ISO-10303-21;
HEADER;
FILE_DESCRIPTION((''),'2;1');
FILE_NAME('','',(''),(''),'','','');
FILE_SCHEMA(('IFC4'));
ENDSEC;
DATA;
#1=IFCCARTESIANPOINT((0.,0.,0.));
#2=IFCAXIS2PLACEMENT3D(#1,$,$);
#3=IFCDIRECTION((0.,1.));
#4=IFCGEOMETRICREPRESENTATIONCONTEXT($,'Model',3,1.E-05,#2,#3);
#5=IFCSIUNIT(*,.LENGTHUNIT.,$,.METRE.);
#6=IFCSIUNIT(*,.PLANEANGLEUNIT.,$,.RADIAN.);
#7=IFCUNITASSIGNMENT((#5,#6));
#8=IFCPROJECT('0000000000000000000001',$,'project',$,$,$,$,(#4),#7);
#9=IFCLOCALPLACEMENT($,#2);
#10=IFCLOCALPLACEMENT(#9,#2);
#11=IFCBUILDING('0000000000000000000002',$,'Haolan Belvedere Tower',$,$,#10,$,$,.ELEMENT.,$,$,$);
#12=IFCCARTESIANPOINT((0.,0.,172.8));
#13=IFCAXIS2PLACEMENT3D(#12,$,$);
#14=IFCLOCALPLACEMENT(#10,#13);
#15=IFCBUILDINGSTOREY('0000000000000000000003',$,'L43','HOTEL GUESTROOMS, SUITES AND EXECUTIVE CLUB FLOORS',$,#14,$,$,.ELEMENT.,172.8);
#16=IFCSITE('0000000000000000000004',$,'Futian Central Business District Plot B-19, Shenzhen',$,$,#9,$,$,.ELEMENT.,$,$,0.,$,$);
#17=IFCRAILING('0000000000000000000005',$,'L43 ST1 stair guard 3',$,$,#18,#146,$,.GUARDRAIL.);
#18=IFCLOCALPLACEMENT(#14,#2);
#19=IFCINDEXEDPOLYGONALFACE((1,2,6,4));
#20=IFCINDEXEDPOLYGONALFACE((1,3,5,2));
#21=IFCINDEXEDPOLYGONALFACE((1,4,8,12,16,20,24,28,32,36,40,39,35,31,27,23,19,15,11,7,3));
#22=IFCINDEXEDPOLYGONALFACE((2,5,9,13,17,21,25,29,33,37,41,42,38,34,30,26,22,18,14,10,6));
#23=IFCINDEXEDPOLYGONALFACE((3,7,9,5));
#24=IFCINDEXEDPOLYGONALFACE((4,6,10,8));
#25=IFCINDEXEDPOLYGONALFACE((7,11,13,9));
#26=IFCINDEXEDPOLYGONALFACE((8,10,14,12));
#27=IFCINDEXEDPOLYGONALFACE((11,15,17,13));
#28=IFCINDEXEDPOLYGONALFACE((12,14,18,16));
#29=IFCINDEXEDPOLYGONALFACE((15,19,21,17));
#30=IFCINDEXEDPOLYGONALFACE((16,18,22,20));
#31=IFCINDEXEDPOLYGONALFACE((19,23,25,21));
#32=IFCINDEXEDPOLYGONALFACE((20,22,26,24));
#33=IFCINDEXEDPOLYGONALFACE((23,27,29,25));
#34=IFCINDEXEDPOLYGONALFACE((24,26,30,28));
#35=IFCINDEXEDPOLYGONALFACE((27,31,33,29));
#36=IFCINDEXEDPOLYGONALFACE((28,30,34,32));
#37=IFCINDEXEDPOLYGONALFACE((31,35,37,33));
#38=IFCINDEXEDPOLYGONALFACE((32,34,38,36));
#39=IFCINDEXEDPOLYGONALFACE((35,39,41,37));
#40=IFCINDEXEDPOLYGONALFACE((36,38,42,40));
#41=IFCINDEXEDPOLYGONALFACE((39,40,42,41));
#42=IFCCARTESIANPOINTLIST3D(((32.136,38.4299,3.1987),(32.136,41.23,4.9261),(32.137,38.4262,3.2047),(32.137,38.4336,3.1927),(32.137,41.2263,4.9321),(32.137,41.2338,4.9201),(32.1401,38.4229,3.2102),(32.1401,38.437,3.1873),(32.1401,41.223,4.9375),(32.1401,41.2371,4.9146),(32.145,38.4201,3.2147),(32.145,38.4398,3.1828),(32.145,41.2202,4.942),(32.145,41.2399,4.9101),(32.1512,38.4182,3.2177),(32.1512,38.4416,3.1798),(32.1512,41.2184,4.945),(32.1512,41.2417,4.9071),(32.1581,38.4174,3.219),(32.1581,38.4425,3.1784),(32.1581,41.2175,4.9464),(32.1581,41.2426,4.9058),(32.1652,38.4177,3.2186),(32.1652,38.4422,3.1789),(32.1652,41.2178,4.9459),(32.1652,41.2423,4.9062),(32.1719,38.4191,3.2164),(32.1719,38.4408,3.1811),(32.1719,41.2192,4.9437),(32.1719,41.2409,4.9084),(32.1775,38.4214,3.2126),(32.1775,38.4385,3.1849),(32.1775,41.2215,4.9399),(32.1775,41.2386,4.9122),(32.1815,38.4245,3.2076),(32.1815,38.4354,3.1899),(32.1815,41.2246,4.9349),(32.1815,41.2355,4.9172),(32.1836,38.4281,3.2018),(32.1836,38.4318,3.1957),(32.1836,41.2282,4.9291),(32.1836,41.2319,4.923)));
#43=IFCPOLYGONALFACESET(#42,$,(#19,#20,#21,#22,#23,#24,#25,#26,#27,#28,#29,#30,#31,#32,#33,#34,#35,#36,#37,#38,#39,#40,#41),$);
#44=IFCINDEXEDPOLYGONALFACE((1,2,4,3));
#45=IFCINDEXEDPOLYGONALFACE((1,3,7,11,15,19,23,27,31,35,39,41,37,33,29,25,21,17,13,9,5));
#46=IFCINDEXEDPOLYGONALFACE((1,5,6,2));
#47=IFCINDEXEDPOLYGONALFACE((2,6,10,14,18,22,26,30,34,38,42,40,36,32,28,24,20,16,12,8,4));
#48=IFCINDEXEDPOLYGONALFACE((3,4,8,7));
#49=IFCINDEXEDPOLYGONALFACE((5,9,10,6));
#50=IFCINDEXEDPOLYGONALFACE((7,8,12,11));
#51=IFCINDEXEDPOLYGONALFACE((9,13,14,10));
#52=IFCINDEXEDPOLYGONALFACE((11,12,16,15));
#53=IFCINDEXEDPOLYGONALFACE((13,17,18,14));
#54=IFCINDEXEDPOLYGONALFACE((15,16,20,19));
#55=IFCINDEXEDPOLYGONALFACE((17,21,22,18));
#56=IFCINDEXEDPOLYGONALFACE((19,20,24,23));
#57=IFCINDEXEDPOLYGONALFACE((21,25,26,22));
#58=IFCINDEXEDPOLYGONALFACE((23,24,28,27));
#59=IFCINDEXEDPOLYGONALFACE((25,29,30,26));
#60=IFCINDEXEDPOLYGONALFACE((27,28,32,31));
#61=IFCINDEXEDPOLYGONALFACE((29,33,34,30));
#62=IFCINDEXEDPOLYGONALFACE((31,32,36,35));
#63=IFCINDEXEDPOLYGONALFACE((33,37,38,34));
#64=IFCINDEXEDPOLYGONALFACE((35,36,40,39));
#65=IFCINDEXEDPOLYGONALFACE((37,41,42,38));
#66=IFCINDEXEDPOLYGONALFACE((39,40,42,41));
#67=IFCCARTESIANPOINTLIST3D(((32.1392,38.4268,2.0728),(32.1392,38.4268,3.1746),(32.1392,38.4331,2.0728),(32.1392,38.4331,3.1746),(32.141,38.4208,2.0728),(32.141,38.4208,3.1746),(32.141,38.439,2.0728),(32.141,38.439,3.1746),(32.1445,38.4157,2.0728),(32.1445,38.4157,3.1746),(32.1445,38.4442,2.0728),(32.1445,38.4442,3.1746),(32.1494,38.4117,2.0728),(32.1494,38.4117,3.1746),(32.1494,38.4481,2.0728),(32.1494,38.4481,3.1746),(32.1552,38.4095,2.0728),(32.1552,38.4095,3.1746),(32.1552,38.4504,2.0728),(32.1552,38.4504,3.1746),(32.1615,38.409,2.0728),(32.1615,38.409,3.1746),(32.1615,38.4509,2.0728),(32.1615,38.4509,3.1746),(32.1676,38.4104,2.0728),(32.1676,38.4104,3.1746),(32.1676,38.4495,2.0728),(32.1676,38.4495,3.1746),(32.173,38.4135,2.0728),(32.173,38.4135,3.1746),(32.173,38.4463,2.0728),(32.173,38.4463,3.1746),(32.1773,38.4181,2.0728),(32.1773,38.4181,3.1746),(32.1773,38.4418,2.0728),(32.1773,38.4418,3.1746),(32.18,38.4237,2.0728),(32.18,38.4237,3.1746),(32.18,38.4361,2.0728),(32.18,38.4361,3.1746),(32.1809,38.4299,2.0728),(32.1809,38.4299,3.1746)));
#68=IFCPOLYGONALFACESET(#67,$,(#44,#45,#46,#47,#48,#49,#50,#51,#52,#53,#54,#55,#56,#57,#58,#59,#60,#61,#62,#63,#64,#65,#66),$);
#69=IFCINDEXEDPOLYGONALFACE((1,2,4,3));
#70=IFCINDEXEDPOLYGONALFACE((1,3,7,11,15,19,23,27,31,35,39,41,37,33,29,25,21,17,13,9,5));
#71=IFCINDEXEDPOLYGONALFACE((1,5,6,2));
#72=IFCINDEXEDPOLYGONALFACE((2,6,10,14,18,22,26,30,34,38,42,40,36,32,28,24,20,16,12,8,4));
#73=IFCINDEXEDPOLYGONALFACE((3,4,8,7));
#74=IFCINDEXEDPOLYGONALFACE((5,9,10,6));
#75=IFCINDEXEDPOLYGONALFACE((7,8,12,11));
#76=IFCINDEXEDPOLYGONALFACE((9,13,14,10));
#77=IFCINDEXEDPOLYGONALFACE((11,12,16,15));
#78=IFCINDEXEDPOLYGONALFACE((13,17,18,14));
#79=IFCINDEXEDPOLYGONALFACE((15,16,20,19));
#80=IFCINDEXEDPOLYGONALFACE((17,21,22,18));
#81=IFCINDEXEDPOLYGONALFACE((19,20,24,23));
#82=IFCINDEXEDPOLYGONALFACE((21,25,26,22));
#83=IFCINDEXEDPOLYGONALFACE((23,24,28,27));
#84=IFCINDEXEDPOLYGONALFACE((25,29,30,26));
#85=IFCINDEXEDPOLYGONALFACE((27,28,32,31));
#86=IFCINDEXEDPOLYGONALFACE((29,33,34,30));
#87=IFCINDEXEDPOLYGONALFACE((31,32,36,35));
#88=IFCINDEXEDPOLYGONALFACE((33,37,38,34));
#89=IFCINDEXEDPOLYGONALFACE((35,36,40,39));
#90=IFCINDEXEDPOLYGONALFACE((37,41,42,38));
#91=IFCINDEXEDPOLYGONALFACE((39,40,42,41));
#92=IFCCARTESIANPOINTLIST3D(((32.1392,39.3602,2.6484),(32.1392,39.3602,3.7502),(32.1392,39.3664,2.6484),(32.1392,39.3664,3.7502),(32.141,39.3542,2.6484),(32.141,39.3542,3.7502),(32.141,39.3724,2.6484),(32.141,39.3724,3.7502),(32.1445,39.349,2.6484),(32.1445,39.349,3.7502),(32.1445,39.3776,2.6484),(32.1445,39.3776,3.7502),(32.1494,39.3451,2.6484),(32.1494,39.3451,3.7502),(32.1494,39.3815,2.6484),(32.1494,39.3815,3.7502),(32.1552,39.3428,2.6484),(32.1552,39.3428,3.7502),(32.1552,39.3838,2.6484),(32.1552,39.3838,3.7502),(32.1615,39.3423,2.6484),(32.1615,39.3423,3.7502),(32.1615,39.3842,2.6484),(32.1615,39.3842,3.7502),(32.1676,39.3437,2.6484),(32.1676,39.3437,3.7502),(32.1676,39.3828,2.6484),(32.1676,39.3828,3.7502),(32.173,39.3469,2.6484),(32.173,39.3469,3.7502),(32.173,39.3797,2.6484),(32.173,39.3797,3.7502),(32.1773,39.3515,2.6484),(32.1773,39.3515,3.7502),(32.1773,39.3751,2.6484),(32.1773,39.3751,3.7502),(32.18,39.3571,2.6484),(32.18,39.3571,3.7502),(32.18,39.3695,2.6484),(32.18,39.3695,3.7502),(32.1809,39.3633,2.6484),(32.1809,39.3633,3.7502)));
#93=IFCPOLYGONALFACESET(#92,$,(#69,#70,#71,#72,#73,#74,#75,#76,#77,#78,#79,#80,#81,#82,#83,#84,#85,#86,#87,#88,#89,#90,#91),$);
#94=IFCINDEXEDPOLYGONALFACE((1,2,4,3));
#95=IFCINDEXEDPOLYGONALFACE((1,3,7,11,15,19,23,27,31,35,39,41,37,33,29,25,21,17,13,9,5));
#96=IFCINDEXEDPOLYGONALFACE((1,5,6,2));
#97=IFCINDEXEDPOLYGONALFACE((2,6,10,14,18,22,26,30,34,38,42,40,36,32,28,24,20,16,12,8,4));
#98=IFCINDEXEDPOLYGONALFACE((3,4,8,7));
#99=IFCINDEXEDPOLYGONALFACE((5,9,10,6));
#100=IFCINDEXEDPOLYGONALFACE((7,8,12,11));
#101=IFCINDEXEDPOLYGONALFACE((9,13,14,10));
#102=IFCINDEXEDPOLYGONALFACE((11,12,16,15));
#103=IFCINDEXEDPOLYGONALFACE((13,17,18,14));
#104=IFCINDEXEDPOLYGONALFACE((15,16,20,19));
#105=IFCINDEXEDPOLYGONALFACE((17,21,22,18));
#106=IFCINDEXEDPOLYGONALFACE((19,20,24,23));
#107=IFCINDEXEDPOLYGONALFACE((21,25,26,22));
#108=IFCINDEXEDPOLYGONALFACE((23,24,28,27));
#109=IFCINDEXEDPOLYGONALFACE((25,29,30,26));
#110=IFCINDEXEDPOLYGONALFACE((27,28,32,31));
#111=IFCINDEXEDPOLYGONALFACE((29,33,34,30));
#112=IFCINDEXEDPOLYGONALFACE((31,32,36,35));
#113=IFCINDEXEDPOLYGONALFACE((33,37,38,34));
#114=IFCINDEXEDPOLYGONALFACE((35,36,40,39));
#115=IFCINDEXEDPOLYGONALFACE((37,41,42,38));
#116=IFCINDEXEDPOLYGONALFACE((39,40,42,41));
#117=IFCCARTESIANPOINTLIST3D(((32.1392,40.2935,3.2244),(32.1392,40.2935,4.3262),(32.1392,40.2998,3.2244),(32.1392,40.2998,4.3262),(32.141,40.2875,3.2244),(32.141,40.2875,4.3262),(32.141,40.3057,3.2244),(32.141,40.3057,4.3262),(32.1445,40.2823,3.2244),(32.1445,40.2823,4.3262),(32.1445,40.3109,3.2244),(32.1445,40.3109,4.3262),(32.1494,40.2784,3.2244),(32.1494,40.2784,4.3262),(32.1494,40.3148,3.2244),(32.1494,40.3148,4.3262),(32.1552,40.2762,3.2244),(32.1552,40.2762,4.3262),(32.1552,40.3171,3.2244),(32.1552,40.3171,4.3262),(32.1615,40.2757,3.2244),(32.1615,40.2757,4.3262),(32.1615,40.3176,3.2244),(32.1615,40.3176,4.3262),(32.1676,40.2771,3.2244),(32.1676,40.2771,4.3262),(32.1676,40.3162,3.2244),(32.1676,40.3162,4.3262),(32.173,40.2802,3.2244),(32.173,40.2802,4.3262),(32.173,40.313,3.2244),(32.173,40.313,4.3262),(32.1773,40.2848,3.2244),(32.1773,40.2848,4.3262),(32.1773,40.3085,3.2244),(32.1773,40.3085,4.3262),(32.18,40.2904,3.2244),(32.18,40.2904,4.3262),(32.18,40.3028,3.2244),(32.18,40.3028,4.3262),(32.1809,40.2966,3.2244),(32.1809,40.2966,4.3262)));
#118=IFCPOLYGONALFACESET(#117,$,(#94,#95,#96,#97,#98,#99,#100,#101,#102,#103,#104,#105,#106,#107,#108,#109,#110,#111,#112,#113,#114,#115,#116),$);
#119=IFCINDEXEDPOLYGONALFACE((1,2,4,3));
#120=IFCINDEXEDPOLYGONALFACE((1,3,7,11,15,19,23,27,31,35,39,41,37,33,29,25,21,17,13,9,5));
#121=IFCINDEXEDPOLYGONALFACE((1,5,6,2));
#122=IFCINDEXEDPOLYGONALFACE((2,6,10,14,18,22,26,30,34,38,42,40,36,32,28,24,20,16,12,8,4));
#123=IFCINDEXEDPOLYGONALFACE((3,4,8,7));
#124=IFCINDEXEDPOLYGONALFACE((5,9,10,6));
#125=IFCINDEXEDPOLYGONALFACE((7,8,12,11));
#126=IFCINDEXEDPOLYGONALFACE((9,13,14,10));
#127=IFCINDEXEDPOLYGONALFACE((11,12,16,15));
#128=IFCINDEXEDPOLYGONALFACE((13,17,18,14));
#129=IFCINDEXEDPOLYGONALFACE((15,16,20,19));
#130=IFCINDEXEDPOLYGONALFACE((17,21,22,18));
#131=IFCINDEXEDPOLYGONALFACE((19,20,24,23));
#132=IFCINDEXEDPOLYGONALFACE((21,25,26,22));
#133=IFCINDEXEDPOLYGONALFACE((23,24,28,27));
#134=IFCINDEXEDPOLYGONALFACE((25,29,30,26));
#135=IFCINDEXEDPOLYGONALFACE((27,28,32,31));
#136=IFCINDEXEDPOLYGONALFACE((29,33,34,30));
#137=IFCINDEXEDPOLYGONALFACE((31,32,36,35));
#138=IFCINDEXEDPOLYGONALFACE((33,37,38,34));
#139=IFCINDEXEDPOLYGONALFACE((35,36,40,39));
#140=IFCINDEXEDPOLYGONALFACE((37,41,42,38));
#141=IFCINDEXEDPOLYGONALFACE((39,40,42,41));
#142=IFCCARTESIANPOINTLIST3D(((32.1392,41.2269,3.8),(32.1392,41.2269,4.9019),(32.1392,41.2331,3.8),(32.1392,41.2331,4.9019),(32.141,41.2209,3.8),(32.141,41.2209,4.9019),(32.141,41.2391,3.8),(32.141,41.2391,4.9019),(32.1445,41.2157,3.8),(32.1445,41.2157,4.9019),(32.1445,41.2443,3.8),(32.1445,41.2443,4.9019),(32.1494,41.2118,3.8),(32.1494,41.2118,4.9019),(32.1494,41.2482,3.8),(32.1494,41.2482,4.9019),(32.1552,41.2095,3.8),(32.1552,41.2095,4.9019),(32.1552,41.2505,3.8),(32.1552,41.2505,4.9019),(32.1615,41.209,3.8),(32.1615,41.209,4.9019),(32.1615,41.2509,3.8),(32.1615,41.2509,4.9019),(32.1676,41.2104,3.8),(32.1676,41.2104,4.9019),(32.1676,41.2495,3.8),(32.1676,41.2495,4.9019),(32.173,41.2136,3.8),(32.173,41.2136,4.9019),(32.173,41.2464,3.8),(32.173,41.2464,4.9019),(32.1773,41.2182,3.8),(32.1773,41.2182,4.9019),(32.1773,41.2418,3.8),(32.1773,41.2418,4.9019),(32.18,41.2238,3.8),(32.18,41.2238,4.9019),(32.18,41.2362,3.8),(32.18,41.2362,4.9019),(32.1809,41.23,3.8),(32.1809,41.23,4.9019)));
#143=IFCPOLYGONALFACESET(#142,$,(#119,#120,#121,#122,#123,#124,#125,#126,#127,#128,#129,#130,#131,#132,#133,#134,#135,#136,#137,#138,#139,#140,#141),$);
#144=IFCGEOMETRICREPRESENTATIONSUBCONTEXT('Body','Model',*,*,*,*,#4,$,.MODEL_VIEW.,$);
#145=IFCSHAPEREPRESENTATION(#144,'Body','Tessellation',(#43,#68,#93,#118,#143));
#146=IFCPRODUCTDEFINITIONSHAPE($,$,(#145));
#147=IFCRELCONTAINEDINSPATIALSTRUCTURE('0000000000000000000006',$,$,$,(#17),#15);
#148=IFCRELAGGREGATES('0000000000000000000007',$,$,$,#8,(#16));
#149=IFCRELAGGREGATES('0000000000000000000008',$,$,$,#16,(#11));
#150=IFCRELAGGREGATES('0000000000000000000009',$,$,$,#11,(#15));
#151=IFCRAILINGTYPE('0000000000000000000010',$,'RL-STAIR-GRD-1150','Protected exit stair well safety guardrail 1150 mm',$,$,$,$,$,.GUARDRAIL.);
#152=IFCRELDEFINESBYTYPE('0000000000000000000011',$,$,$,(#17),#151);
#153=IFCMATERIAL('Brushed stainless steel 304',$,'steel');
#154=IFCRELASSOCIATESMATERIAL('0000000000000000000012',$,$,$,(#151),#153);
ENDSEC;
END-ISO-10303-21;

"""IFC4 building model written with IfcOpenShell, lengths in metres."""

from ifc_helpers import new_model, si_unit, direction, frame, origin, origin_2d, place, context, subcontext, project, spatial, circle, extrude, material, type_object, element, save


model = new_model("IFC4")

# Units and contexts
model_context = context("Model", 3, precision=1e-05, world=origin(), true_north=direction((0.0, 1.0)))
body_context = subcontext(model_context, "Body", "Model", "MODEL_VIEW")
ifc_project = project(units=[si_unit("LENGTHUNIT", "METRE"), si_unit("PLANEANGLEUNIT", "RADIAN")], contexts=[model_context])

# Site, building, storey
site_placement = place(None, origin())
site = spatial("IfcSite", under=ifc_project, at=site_placement, Name="Futian Central Business District Plot B-19, Shenzhen", CompositionType="ELEMENT", RefElevation=0.0)
building_placement = place(site_placement, origin())
building = spatial("IfcBuilding", under=site, at=building_placement, Name="Haolan Belvedere Tower", CompositionType="ELEMENT")
storey_placement = place(building_placement, frame((0.0, 0.0, 172.8)))
storey = spatial("IfcBuildingStorey", under=building, at=storey_placement, Name="L43", Description="HOTEL GUESTROOMS, SUITES AND EXECUTIVE CLUB FLOORS", CompositionType="ELEMENT", Elevation=172.8)

# Railing
ifc_material_1 = material(Name="Brushed stainless steel 304", Category="steel")
railing_type_1 = type_object("IfcRailingType", Name="RL-STAIR-GRD-1150", Description="Protected exit stair well safety guardrail 1150 mm", PredefinedType="GUARDRAIL", material=ifc_material_1)
railing_1_placement = place(storey_placement, frame((32.1599, 38.4299, 2.0728)))
element("IfcRailing", 1, at=railing_1_placement, inside=storey, type_object=railing_type_1, Name="L43 ST1 stair guard 3", PredefinedType="GUARDRAIL", context=body_context, shape_type="SweptSolid", body=[
    extrude(circle(Radius=0.0239, at=origin_2d()), frame((0.0, 0.0, 1.126), z_axis=(0.0, 0.85109, 0.52502), x_axis=(-1.0, 0.0, 0.0)), (0.0, 0.0, 1.0), 3.29),
    extrude(circle(Radius=0.021, at=origin_2d()), origin(), (0.0, 0.0, 1.0), 1.1018),
    extrude(circle(Radius=0.021, at=origin_2d()), frame((0.0, 0.9333, 0.5757)), (0.0, 0.0, 1.0), 1.1018),
    extrude(circle(Radius=0.021, at=origin_2d()), frame((0.0, 1.8667, 1.1516)), (0.0, 0.0, 1.0), 1.1018),
    extrude(circle(Radius=0.021, at=origin_2d()), frame((0.0, 2.8, 1.7273)), (0.0, 0.0, 1.0), 1.1018),
])

save(model, "model.ifc")
